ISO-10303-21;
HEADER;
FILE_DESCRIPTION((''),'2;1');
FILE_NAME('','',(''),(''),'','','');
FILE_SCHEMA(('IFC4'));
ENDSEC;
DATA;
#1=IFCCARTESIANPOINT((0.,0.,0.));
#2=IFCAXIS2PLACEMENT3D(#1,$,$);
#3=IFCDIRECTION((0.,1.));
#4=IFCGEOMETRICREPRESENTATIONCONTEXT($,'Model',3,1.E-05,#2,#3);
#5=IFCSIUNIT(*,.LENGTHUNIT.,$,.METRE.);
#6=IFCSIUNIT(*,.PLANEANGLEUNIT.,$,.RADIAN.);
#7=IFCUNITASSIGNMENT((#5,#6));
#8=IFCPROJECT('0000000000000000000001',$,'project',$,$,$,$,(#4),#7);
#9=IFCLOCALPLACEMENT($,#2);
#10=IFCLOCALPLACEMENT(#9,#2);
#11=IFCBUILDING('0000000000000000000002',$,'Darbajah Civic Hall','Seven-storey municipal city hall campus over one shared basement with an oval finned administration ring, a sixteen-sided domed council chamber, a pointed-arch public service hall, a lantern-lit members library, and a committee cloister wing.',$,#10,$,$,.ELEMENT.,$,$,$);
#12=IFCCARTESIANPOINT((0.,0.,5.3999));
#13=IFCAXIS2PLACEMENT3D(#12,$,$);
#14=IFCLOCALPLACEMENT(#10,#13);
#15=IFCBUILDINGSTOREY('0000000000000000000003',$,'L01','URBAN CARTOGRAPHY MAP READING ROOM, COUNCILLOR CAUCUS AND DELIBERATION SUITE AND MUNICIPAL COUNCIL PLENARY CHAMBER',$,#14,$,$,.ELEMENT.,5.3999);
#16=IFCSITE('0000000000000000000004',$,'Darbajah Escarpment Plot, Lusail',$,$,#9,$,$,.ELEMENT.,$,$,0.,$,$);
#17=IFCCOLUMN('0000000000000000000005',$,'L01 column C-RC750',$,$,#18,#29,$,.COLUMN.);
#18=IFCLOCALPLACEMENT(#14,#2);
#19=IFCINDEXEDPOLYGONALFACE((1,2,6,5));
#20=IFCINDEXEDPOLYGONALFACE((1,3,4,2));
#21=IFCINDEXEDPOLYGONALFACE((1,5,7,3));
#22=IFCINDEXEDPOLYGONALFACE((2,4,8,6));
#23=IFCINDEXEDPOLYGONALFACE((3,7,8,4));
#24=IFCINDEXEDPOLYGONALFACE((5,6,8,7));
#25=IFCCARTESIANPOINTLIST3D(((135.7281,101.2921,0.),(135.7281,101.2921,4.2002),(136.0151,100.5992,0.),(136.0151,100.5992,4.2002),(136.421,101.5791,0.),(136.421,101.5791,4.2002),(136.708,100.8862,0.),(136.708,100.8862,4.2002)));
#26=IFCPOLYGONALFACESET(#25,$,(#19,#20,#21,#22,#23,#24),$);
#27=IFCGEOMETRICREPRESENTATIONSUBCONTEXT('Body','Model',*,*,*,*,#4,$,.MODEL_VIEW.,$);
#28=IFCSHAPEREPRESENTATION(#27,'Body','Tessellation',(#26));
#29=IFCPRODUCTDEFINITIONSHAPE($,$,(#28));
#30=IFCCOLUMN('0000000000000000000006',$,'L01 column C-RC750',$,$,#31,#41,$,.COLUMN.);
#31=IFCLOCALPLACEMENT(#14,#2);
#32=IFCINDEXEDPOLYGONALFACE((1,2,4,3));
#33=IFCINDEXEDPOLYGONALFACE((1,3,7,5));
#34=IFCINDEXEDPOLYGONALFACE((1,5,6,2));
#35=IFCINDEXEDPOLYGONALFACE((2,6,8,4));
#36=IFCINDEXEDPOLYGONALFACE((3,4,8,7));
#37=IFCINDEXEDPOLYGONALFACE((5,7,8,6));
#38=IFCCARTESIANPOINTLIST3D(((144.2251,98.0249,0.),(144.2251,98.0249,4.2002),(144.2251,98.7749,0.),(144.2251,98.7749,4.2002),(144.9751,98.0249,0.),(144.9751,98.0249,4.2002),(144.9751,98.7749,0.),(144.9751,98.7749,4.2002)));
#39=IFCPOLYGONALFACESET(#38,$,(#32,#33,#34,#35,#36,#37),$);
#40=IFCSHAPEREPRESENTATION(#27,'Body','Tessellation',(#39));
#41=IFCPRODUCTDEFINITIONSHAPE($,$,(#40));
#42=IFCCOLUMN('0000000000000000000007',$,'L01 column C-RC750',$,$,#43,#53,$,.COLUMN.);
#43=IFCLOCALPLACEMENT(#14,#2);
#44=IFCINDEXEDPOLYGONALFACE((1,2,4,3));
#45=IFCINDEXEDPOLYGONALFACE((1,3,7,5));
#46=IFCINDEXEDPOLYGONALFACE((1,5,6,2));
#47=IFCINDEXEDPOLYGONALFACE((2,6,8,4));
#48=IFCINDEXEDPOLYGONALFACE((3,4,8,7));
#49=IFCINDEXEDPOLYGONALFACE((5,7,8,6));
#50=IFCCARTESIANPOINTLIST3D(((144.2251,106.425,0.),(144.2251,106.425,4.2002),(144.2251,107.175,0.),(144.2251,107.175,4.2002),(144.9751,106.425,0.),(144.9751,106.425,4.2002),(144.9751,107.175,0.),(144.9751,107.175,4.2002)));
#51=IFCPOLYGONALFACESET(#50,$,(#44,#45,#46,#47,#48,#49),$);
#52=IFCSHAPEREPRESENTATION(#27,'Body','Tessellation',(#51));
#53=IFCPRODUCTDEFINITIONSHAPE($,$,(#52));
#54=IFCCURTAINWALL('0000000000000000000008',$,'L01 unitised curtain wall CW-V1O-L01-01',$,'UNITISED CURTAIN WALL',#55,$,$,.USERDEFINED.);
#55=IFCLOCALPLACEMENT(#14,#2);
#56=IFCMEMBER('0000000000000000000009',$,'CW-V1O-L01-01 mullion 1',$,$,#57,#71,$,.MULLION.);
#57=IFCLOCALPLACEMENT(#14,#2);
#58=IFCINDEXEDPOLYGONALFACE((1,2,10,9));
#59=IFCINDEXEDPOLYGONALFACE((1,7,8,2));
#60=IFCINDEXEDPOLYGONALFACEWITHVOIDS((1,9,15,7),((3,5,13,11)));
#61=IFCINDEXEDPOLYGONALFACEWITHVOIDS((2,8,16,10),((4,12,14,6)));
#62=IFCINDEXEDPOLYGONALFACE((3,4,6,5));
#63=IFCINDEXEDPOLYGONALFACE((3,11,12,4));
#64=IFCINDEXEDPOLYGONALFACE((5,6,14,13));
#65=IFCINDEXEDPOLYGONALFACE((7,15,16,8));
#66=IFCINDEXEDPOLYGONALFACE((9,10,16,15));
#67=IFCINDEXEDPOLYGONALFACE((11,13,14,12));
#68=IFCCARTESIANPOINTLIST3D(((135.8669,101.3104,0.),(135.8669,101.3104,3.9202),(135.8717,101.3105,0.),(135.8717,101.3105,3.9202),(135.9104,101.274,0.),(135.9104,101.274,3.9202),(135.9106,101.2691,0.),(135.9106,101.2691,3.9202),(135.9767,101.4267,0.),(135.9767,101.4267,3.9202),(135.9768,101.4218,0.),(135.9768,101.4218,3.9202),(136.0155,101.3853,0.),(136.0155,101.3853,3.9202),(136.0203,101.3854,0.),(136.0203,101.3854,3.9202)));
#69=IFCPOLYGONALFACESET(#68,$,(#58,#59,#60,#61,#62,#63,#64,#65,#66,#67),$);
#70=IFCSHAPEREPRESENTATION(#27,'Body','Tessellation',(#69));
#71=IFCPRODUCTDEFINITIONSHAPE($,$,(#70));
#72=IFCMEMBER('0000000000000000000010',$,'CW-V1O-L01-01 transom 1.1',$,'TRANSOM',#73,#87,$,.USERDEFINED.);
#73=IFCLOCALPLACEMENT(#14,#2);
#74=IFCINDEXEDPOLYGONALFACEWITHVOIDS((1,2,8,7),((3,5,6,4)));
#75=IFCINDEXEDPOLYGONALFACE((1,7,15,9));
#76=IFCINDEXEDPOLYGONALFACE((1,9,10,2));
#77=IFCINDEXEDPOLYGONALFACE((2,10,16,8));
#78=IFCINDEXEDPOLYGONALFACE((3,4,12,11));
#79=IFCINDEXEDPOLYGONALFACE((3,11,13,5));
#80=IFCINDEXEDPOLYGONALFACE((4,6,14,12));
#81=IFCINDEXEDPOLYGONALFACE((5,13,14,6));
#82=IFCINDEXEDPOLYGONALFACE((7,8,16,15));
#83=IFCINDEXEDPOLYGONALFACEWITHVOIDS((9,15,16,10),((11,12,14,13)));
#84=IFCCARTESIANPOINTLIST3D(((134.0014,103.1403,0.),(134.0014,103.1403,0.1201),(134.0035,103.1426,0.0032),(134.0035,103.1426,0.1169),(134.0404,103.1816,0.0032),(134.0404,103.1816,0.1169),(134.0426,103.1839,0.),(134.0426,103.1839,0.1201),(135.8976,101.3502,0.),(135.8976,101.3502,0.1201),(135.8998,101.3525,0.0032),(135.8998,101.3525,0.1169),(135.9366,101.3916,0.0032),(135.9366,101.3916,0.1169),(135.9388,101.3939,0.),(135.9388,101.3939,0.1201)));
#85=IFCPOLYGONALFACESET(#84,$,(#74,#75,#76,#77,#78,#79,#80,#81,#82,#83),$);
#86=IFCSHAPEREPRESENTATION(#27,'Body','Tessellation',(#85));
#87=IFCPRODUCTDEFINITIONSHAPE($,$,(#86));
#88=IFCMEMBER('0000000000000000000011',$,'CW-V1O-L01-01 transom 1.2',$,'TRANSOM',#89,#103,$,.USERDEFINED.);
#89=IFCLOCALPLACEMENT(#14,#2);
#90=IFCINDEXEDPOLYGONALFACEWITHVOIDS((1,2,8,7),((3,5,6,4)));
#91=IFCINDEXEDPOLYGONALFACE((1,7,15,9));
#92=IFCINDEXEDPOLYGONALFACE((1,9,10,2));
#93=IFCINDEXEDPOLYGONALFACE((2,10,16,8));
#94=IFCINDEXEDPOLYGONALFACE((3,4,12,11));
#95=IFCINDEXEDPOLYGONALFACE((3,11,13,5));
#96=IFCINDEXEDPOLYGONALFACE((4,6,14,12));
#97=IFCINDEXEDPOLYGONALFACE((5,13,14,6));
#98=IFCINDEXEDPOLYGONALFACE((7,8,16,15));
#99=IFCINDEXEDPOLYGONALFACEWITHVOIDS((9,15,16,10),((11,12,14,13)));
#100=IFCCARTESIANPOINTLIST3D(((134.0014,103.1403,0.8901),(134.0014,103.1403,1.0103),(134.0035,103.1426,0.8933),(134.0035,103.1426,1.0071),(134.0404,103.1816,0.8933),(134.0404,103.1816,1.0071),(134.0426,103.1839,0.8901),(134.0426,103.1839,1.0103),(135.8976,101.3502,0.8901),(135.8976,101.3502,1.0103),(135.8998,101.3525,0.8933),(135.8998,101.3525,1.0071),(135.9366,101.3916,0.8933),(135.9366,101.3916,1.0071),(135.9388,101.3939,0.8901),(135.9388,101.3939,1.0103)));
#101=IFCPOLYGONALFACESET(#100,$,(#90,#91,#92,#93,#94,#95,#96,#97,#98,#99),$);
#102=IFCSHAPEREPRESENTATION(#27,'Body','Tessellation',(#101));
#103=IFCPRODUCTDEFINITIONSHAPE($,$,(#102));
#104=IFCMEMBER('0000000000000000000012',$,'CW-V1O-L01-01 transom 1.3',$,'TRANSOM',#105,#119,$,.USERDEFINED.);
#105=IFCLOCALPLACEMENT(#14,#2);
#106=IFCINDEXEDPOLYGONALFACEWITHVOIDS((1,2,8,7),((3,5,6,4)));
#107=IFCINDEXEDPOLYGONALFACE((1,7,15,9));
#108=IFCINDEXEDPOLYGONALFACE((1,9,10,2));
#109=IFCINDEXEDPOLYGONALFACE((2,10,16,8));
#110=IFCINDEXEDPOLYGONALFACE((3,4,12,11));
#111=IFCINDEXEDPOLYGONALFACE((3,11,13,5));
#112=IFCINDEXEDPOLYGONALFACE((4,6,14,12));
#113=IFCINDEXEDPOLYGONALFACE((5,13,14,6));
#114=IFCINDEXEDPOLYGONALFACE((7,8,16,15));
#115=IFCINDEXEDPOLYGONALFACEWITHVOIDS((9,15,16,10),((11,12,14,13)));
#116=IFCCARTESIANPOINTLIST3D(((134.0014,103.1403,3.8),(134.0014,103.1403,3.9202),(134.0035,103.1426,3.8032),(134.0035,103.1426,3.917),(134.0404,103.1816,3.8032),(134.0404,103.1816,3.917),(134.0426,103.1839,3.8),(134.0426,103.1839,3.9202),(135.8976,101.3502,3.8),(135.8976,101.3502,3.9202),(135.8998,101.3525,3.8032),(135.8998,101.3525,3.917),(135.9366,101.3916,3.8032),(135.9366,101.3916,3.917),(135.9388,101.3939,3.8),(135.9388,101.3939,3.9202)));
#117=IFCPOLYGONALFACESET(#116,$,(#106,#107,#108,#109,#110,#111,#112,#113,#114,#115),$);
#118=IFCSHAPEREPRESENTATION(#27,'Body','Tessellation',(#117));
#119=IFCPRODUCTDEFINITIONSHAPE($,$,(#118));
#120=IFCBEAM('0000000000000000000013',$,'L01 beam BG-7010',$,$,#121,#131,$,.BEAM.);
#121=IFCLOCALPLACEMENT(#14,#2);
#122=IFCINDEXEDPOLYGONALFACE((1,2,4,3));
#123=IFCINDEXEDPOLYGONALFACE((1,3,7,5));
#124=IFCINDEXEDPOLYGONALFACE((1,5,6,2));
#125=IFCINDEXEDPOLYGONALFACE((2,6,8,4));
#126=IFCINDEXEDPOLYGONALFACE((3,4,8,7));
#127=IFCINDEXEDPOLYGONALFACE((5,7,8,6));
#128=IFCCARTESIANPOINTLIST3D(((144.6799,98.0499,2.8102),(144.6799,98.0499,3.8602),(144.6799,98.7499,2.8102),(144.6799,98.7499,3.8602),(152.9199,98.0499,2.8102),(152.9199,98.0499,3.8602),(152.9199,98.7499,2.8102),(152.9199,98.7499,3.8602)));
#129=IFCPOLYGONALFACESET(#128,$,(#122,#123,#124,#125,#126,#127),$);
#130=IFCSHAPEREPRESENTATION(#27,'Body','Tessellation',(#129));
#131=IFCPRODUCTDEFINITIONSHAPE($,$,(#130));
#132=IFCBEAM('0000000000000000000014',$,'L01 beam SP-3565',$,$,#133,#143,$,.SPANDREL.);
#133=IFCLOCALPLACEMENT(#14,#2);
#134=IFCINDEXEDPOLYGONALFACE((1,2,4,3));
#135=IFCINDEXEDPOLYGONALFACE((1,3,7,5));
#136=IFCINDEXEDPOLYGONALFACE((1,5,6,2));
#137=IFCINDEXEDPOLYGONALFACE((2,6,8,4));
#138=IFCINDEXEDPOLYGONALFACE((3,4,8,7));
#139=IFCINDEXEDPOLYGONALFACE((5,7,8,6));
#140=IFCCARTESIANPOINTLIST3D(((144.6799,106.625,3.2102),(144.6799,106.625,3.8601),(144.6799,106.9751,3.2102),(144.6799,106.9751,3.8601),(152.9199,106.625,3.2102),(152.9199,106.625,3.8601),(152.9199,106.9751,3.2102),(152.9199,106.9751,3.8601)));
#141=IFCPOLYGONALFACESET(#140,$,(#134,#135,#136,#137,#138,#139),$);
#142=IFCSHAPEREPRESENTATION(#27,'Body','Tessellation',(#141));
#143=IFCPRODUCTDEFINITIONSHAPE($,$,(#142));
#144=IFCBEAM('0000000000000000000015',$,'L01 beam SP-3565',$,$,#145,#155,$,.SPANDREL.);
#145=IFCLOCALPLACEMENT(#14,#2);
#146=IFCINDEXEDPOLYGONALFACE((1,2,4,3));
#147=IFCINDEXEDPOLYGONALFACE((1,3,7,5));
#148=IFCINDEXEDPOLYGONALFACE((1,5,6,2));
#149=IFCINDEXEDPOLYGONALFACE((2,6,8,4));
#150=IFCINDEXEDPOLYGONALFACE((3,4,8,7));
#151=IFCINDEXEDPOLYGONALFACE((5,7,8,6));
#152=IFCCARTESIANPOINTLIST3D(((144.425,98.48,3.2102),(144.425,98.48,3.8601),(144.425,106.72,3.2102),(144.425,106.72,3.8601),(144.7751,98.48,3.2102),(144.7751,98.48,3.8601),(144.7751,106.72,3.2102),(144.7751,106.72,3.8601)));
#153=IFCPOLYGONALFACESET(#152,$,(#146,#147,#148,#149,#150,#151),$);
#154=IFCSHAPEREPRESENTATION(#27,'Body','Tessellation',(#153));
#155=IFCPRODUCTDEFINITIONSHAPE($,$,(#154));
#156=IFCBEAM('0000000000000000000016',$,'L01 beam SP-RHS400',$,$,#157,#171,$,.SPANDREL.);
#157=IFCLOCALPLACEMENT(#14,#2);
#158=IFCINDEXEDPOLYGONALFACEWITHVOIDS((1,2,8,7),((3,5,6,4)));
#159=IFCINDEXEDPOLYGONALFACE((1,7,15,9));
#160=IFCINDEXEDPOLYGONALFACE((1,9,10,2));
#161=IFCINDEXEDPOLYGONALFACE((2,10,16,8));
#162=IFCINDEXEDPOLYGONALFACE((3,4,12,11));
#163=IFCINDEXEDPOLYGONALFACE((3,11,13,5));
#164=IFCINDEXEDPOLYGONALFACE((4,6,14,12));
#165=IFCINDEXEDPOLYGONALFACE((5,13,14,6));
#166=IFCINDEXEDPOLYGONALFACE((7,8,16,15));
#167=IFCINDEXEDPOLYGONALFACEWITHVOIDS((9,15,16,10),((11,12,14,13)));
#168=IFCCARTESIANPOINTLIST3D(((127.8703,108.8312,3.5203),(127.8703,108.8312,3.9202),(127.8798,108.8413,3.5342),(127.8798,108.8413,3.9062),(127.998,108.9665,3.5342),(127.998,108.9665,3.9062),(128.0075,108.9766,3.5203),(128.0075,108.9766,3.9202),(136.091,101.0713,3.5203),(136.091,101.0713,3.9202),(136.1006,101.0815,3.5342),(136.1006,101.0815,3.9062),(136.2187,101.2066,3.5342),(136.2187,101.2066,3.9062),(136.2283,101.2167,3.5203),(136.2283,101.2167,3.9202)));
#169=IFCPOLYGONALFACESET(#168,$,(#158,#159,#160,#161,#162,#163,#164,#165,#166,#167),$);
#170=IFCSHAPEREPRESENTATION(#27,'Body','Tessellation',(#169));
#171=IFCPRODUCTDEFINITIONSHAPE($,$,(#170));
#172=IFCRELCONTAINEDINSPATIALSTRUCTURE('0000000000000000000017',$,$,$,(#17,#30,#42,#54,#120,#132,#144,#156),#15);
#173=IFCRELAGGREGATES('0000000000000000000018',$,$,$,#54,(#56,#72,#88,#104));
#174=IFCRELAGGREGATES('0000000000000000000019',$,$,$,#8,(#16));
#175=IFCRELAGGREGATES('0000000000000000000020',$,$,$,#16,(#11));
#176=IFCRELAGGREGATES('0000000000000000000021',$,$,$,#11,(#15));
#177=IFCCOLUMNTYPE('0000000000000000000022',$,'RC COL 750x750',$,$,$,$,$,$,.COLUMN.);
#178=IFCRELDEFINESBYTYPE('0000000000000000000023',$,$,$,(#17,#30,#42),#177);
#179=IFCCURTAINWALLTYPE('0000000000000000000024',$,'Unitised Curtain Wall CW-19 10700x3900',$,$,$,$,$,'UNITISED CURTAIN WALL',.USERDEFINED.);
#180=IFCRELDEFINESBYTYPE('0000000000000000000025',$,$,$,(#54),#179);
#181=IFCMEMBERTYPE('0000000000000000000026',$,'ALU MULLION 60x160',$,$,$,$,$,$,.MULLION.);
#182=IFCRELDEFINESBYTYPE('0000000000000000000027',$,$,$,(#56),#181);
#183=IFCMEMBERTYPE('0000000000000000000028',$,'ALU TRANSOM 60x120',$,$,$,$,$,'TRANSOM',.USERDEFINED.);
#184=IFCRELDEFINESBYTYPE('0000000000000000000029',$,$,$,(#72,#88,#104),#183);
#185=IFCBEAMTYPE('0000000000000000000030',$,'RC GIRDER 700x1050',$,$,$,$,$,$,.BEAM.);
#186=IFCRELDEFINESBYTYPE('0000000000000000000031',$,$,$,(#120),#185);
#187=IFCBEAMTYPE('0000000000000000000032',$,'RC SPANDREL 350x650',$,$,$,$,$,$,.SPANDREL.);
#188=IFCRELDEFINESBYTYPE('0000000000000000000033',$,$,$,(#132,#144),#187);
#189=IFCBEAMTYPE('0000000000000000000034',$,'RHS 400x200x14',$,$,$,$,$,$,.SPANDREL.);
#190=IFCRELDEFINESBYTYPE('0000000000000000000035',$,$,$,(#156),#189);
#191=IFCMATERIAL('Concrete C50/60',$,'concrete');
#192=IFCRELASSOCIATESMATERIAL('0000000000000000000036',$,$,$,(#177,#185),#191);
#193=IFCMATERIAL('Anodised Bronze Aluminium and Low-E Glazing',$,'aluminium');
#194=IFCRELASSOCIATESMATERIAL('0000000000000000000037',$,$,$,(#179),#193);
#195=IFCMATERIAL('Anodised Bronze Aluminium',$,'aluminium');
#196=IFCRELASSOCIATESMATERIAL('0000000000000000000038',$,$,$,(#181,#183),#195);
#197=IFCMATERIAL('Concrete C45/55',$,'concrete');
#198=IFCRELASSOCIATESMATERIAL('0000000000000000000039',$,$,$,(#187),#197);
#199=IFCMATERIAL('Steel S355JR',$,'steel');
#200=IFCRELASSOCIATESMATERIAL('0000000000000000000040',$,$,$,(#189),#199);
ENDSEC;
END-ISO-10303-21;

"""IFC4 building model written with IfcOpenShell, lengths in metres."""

from ifc_helpers import new_model, si_unit, direction, frame, origin, origin_2d, place, context, subcontext, project, spatial, rectangle, hollow_rectangle, extrude, material, material_profile, profile_set, type_object, element, aggregate, save


model = new_model("IFC4")

# Units and contexts
model_context = context("Model", 3, precision=1e-05, world=origin(), true_north=direction((0.0, 1.0)))
body_context = subcontext(model_context, "Body", "Model", "MODEL_VIEW")
ifc_project = project(units=[si_unit("LENGTHUNIT", "METRE"), si_unit("PLANEANGLEUNIT", "RADIAN")], contexts=[model_context])

# Site, building, storey
site_placement = place(None, origin())
site = spatial("IfcSite", under=ifc_project, at=site_placement, Name="Darbajah Escarpment Plot, Lusail", CompositionType="ELEMENT", RefElevation=0.0)
building_placement = place(site_placement, origin())
building = spatial("IfcBuilding", under=site, at=building_placement, Name="Darbajah Civic Hall", Description="Seven-storey municipal city hall campus over one shared basement with an oval finned administration ring, a sixteen-sided domed council chamber, a pointed-arch public service hall, a lantern-lit members library, and a committee cloister wing.", CompositionType="ELEMENT")
storey_placement = place(building_placement, frame((0.0, 0.0, 5.3999)))
storey = spatial("IfcBuildingStorey", under=building, at=storey_placement, Name="L01", Description="URBAN CARTOGRAPHY MAP READING ROOM, COUNCILLOR CAUCUS AND DELIBERATION SUITE AND MUNICIPAL COUNCIL PLENARY CHAMBER", CompositionType="ELEMENT", Elevation=5.3999)

# Columns
ifc_material_1 = material(Name="Concrete C50/60", Category="concrete")
ifc_material_profile_1 = material_profile(ifc_material_1, rectangle(XDim=0.75, YDim=0.75, at=origin_2d()), Name="RC COL 750x750")
ifc_profile_set_1 = profile_set([ifc_material_profile_1], Name="Concrete C50/60")
column_type = type_object("IfcColumnType", Name="RC COL 750x750", PredefinedType="COLUMN", material=ifc_profile_set_1)
for number, where, z_axis, x_axis, name in (
    (1, (136.218, 101.0891, 0.0), (0.0, 0.0, 1.0), (0.92388, 0.382683, 0.0), "L01 column C-RC750"),
    (2, (144.6001, 98.3999, 0.0), (0.0, 0.0, 1.0), (1.0, 0.0, 0.0), "L01 column C-RC750"),
    (3, (144.6001, 106.8, 0.0), (0.0, 0.0, 1.0), (1.0, 0.0, 0.0), "L01 column C-RC750"),
):
    element("IfcColumn", number, at=place(storey_placement, frame(where, z_axis=z_axis, x_axis=x_axis)), inside=storey, type_object=column_type, Name=name, PredefinedType="COLUMN", context=body_context, shape_type="SweptSolid", body=[
        extrude(rectangle(XDim=0.75, YDim=0.75, at=origin_2d()), origin(), (0.0, 0.0, 1.0), 4.2002),
    ])

# Curtain wall, members
ifc_material_2 = material(Name="Anodised Bronze Aluminium and Low-E Glazing", Category="aluminium")
curtain_wall_type = type_object("IfcCurtainWallType", Name="Unitised Curtain Wall CW-19 10700x3900", ElementType="UNITISED CURTAIN WALL", PredefinedType="USERDEFINED", material=ifc_material_2)
curtain_wall_placement = place(storey_placement, origin())
curtain_wall = element("IfcCurtainWall", 4, at=curtain_wall_placement, inside=storey, type_object=curtain_wall_type, Name="L01 unitised curtain wall CW-V1O-L01-01", ObjectType="UNITISED CURTAIN WALL", PredefinedType="USERDEFINED")
ifc_material_3 = material(Name="Anodised Bronze Aluminium", Category="aluminium")
ifc_material_profile_2 = material_profile(ifc_material_3, hollow_rectangle(XDim=0.0601, YDim=0.1599, WallThickness=0.0034, at=origin_2d()), Name="ALU MULLION 60x160")
ifc_profile_set_2 = profile_set([ifc_material_profile_2], Name="Anodised Bronze Aluminium")
member_type_1 = type_object("IfcMemberType", Name="ALU MULLION 60x160", PredefinedType="MULLION", material=ifc_profile_set_2)
member_1_placement = place(storey_placement, frame((135.9436, 101.3479, 0.0), z_axis=(0.0, 0.0, 1.0), x_axis=(-0.727174, 0.686453, 0.0)))
member_1 = element("IfcMember", 5, at=member_1_placement, type_object=member_type_1, Name="CW-V1O-L01-01 mullion 1", PredefinedType="MULLION", context=body_context, shape_type="SweptSolid", body=[
    extrude(hollow_rectangle(XDim=0.0601, YDim=0.1599, WallThickness=0.0034, at=origin_2d()), origin(), (0.0, 0.0, 1.0), 3.9202),
])
ifc_material_profile_3 = material_profile(ifc_material_3, hollow_rectangle(XDim=0.0601, YDim=0.1201, WallThickness=0.0032, at=origin_2d()), Name="ALU TRANSOM 60x120")
ifc_profile_set_3 = profile_set([ifc_material_profile_3], Name="Anodised Bronze Aluminium")
member_type_2 = type_object("IfcMemberType", Name="ALU TRANSOM 60x120", ElementType="TRANSOM", PredefinedType="USERDEFINED", material=ifc_profile_set_3)
member_2_placement = place(storey_placement, frame((135.9182, 101.3721, 0.0601), z_axis=(-0.727177, 0.68645, 0.0), x_axis=(-0.68645, -0.727177, 0.0)))
member_2 = element("IfcMember", 6, at=member_2_placement, type_object=member_type_2, Name="CW-V1O-L01-01 transom 1.1", ObjectType="TRANSOM", PredefinedType="USERDEFINED", context=body_context, shape_type="SweptSolid", body=[
    extrude(hollow_rectangle(XDim=0.0601, YDim=0.1201, WallThickness=0.0032, at=origin_2d()), origin(), (0.0, 0.0, 1.0), 2.6077),
])
member_3_placement = place(storey_placement, frame((135.9182, 101.3721, 0.9502), z_axis=(-0.727177, 0.68645, 0.0), x_axis=(-0.68645, -0.727177, 0.0)))
member_3 = element("IfcMember", 7, at=member_3_placement, type_object=member_type_2, Name="CW-V1O-L01-01 transom 1.2", ObjectType="TRANSOM", PredefinedType="USERDEFINED", context=body_context, shape_type="SweptSolid", body=[
    extrude(hollow_rectangle(XDim=0.0601, YDim=0.1201, WallThickness=0.0032, at=origin_2d()), origin(), (0.0, 0.0, 1.0), 2.6077),
])
member_4_placement = place(storey_placement, frame((135.9182, 101.3721, 3.8601), z_axis=(-0.727177, 0.68645, 0.0), x_axis=(-0.68645, -0.727177, 0.0)))
member_4 = element("IfcMember", 8, at=member_4_placement, type_object=member_type_2, Name="CW-V1O-L01-01 transom 1.3", ObjectType="TRANSOM", PredefinedType="USERDEFINED", context=body_context, shape_type="SweptSolid", body=[
    extrude(hollow_rectangle(XDim=0.0601, YDim=0.1201, WallThickness=0.0032, at=origin_2d()), origin(), (0.0, 0.0, 1.0), 2.6077),
])
aggregate(curtain_wall, [member_1, member_2, member_3, member_4])

# Beams
ifc_material_profile_4 = material_profile(ifc_material_1, rectangle(XDim=0.7, YDim=1.05, at=origin_2d()), Name="RC GIRDER 700x1050")
ifc_profile_set_4 = profile_set([ifc_material_profile_4], Name="Concrete C50/60")
beam_type_1 = type_object("IfcBeamType", Name="RC GIRDER 700x1050", PredefinedType="BEAM", material=ifc_profile_set_4)
beam_1_placement = place(storey_placement, frame((144.6799, 98.3999, 3.3352), z_axis=(1.0, 0.0, 0.0), x_axis=(0.0, 1.0, 0.0)))
element("IfcBeam", 9, at=beam_1_placement, inside=storey, type_object=beam_type_1, Name="L01 beam BG-7010", PredefinedType="BEAM", context=body_context, shape_type="SweptSolid", body=[
    extrude(rectangle(XDim=0.7, YDim=1.05, at=origin_2d()), origin(), (0.0, 0.0, 1.0), 8.24),
])
ifc_material_4 = material(Name="Concrete C45/55", Category="concrete")
ifc_material_profile_5 = material_profile(ifc_material_4, rectangle(XDim=0.3501, YDim=0.6499, at=origin_2d()), Name="RC SPANDREL 350x650")
ifc_profile_set_5 = profile_set([ifc_material_profile_5], Name="Concrete C45/55")
beam_type_2 = type_object("IfcBeamType", Name="RC SPANDREL 350x650", PredefinedType="SPANDREL", material=ifc_profile_set_5)
for number, where, z_axis, x_axis, name in (
    (10, (144.6799, 106.8, 3.5352), (1.0, 0.0, 0.0), (0.0, 1.0, 0.0), "L01 beam SP-3565"),
    (11, (144.6001, 98.48, 3.5352), (0.0, 1.0, 0.0), (-1.0, 0.0, 0.0), "L01 beam SP-3565"),
):
    element("IfcBeam", number, at=place(storey_placement, frame(where, z_axis=z_axis, x_axis=x_axis)), inside=storey, type_object=beam_type_2, Name=name, PredefinedType="SPANDREL", context=body_context, shape_type="SweptSolid", body=[
        extrude(rectangle(XDim=0.3501, YDim=0.6499, at=origin_2d()), origin(), (0.0, 0.0, 1.0), 8.24),
    ])
ifc_material_5 = material(Name="Steel S355JR", Category="steel")
ifc_material_profile_6 = material_profile(ifc_material_5, hollow_rectangle(XDim=0.2, YDim=0.3999, WallThickness=0.0139, at=origin_2d()), Name="RHS 400x200x14")
ifc_profile_set_6 = profile_set([ifc_material_profile_6], Name="Steel S355JR")
beam_type_3 = type_object("IfcBeamType", Name="RHS 400x200x14", PredefinedType="SPANDREL", material=ifc_profile_set_6)
beam_2_placement = place(storey_placement, frame((136.1597, 101.144, 3.7202), z_axis=(-0.7272, 0.686426, 0.0), x_axis=(-0.686426, -0.7272, 0.0)))
element("IfcBeam", 12, at=beam_2_placement, inside=storey, type_object=beam_type_3, Name="L01 beam SP-RHS400", PredefinedType="SPANDREL", context=body_context, shape_type="SweptSolid", body=[
    extrude(hollow_rectangle(XDim=0.2, YDim=0.3999, WallThickness=0.0139, at=origin_2d()), origin(), (0.0, 0.0, 1.0), 11.3047),
])

save(model, "model.ifc")
